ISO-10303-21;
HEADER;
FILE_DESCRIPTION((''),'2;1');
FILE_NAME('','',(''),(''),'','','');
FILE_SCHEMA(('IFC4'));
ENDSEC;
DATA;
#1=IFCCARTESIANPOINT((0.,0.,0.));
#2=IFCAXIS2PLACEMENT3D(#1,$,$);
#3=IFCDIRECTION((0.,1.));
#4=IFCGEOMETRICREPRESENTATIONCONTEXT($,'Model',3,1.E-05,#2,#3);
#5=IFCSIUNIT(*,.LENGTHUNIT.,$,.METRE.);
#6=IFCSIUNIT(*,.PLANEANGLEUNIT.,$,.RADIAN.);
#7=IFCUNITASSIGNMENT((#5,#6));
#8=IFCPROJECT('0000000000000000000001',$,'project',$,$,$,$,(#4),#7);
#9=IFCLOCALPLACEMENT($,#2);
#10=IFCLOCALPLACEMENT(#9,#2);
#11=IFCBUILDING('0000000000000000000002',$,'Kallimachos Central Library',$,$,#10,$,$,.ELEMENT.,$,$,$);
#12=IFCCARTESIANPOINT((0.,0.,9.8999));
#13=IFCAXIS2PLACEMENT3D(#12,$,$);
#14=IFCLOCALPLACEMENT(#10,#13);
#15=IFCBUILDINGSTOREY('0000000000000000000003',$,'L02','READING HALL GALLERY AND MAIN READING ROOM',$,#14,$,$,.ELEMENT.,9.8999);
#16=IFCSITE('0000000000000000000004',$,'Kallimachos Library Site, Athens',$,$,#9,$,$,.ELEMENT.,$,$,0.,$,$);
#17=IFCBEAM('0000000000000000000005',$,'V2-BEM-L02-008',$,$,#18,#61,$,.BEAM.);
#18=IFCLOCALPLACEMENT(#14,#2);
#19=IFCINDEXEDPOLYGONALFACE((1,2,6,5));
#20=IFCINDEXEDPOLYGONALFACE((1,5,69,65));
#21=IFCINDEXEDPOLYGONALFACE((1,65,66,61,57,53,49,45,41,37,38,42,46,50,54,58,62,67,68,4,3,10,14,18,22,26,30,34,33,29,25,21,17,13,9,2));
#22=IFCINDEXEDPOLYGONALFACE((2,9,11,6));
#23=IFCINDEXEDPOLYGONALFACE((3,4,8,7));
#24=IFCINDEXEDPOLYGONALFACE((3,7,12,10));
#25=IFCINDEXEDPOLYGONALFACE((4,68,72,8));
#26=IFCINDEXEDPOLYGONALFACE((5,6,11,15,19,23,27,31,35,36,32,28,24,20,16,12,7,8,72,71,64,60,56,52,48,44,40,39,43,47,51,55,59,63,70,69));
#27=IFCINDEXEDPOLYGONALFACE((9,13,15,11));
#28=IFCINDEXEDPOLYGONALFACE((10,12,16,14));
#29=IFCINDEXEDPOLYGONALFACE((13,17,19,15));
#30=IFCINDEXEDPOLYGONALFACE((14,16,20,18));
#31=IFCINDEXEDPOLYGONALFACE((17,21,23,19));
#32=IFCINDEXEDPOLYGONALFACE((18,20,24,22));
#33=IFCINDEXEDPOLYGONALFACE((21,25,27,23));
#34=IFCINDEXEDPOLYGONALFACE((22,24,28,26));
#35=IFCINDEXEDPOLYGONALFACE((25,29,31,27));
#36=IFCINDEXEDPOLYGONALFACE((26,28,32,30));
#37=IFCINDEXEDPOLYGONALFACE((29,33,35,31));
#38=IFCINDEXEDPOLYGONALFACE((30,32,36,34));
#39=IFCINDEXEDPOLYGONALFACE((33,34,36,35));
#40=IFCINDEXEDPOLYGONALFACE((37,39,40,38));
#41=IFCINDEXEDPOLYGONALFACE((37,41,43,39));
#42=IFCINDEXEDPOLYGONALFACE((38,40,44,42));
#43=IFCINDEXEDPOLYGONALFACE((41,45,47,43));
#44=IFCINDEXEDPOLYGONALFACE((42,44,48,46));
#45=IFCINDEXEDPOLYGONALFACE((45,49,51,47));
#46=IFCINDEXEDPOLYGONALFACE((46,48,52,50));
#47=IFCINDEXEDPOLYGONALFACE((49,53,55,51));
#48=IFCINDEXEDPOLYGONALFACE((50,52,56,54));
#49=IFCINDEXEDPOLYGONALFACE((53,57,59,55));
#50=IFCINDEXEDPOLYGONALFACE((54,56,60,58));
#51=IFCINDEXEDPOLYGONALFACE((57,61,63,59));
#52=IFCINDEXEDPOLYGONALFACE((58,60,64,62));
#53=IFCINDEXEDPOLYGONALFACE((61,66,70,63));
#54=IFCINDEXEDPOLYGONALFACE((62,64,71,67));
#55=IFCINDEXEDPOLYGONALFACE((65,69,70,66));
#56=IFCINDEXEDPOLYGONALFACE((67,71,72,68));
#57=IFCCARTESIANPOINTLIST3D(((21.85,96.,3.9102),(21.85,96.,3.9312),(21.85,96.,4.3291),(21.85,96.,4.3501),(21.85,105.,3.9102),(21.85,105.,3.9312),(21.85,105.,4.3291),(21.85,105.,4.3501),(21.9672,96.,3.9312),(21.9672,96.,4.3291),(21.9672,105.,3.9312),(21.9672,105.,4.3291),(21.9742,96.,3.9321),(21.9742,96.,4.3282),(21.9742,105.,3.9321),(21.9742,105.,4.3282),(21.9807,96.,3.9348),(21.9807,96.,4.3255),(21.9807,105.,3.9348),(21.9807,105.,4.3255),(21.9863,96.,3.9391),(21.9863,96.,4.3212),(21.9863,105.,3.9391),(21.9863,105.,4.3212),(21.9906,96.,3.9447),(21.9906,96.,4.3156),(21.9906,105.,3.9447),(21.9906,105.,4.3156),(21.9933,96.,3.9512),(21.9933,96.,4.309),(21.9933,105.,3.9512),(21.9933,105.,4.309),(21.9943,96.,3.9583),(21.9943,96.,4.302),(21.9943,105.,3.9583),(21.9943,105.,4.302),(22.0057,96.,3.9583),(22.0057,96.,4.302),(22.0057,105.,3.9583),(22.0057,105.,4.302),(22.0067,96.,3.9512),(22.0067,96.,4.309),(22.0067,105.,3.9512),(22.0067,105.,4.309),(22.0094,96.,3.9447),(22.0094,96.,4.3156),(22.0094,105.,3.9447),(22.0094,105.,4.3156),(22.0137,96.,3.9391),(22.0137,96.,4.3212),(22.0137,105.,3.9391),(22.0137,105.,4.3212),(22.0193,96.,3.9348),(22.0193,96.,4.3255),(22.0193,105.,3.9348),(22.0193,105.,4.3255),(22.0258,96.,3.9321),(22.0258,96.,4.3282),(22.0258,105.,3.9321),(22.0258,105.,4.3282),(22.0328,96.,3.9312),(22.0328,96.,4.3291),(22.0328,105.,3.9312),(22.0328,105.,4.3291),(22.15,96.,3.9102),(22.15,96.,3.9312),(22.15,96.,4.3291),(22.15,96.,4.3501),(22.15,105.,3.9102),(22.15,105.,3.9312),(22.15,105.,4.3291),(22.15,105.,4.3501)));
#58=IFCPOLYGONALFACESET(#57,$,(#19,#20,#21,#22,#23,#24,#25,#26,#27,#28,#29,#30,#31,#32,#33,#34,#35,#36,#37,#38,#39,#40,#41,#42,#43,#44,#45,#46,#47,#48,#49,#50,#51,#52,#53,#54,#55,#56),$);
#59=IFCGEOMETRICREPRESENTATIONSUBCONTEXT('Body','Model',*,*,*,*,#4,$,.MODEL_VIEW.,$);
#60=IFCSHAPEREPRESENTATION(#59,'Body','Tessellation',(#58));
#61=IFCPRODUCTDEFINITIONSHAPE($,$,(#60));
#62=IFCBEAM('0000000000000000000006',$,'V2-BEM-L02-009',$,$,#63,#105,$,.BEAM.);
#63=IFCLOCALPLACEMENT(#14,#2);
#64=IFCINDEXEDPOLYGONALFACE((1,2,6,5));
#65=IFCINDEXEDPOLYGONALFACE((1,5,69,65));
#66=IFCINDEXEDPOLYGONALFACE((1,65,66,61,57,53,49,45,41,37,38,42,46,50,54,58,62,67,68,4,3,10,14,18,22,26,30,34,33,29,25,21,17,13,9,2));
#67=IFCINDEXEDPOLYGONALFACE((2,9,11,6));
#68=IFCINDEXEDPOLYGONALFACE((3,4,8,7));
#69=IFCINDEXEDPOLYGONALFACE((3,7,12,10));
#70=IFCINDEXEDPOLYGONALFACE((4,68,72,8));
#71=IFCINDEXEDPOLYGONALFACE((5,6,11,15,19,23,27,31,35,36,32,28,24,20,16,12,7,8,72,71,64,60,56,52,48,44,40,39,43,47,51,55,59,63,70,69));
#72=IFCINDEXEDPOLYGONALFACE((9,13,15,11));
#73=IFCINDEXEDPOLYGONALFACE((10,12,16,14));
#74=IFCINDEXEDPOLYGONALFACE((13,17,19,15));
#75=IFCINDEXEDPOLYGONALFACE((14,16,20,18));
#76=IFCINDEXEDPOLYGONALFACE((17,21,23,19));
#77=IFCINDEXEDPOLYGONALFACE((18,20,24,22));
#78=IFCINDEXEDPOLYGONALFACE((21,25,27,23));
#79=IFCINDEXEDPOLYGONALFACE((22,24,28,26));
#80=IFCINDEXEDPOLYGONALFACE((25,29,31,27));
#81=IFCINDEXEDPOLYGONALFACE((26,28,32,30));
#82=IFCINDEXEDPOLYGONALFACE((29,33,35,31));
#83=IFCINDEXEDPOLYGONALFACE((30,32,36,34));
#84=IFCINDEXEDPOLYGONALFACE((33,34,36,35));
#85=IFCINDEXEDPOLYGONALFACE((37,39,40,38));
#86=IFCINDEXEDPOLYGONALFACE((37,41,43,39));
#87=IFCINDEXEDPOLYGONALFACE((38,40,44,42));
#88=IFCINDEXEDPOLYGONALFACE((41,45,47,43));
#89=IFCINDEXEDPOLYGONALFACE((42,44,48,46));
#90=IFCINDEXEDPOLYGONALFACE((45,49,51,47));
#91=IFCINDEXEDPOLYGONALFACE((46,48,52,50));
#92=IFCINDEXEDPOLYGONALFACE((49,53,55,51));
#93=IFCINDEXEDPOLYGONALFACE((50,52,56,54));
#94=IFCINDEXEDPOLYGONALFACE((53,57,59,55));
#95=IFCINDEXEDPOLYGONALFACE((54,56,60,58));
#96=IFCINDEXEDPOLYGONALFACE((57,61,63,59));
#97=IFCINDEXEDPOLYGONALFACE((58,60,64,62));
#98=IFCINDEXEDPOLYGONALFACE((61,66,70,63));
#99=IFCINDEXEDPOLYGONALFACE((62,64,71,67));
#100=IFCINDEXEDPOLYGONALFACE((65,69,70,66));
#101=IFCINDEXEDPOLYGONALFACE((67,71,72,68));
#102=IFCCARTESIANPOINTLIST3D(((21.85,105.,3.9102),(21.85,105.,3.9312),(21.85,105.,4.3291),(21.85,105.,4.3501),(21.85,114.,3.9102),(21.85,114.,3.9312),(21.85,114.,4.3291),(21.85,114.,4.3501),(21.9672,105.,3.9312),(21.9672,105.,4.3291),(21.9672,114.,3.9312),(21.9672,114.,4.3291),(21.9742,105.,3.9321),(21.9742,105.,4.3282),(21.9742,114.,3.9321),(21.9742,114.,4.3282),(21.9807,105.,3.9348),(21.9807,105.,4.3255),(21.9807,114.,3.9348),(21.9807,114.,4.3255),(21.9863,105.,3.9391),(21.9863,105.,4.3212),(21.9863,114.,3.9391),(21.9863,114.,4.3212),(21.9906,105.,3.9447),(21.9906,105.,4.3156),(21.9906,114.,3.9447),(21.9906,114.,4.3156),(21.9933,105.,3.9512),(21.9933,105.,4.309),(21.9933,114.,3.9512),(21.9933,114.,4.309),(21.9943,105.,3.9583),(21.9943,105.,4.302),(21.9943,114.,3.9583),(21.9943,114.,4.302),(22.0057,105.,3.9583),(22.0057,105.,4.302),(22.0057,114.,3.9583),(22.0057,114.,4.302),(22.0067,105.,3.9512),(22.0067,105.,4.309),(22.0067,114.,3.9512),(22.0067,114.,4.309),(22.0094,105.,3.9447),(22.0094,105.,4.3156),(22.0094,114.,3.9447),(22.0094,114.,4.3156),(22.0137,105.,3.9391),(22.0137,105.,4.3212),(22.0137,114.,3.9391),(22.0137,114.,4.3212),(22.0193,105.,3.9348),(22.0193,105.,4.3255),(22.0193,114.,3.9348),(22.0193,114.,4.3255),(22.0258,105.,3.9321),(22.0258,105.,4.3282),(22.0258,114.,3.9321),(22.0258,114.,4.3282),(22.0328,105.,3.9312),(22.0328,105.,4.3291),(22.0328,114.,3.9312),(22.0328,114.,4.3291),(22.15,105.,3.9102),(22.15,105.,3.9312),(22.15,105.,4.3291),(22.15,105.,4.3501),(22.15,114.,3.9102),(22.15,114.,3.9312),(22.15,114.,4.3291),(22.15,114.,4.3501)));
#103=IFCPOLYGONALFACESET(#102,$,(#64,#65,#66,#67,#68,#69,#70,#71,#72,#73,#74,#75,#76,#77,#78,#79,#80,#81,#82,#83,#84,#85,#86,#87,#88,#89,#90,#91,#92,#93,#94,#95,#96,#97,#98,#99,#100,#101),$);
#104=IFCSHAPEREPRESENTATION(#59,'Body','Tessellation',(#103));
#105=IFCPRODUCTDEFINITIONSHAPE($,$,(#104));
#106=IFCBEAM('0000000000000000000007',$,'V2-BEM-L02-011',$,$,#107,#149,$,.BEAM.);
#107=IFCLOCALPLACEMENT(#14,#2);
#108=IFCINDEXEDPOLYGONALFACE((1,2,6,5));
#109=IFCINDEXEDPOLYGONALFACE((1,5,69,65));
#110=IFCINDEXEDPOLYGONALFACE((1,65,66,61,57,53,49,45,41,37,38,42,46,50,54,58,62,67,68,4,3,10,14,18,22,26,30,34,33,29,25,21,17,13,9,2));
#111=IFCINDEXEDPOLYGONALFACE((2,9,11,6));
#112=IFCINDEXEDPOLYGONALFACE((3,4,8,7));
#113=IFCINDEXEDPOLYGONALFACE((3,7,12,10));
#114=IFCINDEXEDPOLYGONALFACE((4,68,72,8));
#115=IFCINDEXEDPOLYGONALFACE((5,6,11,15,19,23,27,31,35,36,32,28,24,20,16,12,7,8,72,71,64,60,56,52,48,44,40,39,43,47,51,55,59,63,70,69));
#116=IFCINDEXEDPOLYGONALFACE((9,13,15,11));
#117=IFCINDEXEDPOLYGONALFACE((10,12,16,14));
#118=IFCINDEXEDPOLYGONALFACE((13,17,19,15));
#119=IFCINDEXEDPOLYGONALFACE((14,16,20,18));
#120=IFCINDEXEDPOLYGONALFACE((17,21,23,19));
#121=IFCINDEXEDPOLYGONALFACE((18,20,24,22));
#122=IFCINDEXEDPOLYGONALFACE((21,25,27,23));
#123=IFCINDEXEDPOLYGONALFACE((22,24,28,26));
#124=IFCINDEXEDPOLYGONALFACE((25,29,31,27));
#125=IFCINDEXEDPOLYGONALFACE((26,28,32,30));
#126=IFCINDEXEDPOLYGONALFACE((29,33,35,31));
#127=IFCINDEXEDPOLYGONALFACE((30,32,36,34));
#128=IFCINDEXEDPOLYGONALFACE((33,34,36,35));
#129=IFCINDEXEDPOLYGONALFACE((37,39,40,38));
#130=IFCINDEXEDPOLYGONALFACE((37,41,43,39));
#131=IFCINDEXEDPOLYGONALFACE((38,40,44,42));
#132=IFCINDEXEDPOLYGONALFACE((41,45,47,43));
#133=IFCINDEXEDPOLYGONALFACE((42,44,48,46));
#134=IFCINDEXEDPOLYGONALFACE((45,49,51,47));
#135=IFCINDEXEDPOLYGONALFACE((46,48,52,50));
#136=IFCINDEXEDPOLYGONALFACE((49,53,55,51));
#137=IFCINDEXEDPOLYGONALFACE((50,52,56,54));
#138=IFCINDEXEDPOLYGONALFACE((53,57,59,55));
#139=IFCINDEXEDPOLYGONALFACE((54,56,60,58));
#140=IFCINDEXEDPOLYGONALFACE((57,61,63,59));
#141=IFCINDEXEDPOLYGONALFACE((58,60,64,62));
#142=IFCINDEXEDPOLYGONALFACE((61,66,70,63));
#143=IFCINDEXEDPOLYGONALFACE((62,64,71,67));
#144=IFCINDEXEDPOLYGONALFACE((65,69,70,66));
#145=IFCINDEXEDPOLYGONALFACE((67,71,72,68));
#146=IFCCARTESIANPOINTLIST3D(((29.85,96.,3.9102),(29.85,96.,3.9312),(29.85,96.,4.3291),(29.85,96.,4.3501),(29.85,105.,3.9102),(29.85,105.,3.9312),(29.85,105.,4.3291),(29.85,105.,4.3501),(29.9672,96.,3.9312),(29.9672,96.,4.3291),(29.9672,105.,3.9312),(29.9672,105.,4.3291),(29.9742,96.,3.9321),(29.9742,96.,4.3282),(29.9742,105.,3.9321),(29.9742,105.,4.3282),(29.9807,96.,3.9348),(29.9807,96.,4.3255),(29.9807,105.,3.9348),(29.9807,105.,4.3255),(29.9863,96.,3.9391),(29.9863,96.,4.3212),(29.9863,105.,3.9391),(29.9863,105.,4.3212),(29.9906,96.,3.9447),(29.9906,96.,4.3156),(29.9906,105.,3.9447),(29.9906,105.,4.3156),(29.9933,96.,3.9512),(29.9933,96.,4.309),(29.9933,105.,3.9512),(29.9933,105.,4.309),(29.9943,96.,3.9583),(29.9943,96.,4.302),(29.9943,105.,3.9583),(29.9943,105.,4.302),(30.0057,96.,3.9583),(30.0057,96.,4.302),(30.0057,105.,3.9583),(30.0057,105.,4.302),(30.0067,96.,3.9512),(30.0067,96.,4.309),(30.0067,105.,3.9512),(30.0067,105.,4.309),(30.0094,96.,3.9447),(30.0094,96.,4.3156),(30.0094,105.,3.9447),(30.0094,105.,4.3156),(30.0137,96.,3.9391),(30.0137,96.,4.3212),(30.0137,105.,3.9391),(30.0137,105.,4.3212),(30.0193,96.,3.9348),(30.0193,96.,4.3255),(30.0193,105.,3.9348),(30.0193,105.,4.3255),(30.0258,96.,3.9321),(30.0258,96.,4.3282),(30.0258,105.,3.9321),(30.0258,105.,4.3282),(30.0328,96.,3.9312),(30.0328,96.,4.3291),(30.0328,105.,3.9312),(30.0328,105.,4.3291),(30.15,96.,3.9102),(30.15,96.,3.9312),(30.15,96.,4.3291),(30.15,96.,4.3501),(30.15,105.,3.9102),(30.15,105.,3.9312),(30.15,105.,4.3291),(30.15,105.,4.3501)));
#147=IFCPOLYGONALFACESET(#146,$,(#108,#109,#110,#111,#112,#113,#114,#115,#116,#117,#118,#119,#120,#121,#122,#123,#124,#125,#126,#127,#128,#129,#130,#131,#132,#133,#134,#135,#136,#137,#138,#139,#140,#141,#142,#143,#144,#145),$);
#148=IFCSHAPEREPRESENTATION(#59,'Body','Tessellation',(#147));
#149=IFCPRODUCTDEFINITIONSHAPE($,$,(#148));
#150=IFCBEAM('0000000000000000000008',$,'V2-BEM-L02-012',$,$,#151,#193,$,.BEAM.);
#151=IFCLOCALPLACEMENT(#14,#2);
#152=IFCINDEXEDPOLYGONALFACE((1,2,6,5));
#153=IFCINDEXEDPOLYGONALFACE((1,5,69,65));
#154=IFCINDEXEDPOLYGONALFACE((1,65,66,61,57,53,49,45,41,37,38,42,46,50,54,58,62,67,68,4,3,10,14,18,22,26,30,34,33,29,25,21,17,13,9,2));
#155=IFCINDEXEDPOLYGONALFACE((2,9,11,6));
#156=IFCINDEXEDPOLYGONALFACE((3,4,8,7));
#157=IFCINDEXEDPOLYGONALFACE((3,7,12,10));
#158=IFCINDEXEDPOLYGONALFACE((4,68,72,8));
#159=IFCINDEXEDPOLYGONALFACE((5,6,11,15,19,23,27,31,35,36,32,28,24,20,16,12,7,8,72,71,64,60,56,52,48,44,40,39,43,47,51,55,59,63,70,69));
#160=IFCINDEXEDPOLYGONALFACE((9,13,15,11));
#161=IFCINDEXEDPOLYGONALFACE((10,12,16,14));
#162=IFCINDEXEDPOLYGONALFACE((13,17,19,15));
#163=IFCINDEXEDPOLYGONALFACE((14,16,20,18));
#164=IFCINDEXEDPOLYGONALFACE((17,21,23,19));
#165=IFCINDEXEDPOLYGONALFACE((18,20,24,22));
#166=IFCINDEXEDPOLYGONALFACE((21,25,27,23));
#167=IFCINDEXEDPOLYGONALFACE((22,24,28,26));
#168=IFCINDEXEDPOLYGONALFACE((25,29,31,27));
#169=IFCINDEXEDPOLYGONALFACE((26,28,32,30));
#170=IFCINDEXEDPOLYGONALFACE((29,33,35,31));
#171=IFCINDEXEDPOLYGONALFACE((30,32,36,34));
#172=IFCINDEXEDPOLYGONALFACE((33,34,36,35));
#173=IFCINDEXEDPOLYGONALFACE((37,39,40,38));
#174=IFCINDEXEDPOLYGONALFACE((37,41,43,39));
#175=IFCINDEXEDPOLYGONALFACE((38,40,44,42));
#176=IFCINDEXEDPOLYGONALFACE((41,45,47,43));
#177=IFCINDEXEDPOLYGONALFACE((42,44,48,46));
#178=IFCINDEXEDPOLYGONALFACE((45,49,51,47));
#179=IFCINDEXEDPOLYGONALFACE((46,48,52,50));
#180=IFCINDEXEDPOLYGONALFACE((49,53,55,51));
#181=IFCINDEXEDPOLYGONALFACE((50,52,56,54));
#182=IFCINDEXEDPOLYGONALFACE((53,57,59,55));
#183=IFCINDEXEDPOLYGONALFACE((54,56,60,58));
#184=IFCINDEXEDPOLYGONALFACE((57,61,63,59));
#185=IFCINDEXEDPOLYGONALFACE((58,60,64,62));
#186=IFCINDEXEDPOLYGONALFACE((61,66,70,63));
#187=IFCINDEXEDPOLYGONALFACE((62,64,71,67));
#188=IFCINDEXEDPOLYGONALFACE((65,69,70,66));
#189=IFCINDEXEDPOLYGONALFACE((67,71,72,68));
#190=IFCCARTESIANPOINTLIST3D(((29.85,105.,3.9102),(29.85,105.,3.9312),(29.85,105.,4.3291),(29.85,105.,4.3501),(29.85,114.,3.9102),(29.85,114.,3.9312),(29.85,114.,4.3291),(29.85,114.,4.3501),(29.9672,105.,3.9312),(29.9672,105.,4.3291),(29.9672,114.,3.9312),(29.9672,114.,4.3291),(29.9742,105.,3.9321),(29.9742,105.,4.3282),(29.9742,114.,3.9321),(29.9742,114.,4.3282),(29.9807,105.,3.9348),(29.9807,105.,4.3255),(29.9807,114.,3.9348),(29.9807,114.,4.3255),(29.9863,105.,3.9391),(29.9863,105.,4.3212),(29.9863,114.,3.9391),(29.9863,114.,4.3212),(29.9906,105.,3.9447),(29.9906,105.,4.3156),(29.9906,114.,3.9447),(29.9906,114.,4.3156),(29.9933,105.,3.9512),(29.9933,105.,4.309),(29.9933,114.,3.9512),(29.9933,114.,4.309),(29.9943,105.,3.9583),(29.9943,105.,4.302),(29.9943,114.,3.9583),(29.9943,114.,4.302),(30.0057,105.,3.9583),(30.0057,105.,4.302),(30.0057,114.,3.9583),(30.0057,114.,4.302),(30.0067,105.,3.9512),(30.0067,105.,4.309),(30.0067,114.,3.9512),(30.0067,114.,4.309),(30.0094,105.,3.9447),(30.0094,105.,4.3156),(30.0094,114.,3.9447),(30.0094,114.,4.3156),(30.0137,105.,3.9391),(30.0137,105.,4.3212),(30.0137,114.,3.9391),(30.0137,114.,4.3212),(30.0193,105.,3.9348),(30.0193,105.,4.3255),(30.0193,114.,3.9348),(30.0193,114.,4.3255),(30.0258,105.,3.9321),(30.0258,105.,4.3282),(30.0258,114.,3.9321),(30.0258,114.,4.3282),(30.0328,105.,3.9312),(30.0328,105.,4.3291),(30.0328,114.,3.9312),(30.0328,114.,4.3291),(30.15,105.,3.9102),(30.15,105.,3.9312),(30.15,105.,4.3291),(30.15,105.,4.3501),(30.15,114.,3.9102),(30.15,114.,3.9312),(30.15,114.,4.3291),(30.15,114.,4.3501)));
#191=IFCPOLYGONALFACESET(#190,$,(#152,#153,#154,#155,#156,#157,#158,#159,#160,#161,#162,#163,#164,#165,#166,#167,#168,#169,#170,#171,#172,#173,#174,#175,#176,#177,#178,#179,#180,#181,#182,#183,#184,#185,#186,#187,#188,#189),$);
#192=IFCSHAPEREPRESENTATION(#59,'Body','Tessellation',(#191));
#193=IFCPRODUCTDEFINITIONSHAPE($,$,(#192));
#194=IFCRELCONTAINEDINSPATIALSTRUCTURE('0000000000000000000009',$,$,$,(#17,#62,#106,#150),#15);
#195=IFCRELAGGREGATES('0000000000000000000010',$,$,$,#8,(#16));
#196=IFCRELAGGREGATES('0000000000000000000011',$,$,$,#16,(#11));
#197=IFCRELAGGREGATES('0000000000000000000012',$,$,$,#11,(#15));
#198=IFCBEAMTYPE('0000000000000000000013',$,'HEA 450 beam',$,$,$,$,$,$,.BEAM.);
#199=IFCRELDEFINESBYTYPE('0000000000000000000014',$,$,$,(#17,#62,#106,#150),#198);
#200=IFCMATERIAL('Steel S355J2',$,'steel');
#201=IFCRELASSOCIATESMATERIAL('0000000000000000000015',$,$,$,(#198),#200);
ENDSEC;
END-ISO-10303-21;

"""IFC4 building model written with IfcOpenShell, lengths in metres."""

from ifc_helpers import new_model, si_unit, direction, frame, origin, origin_2d, place, context, subcontext, project, spatial, i_section, extrude, material, material_profile, profile_set, type_object, element, save


model = new_model("IFC4")

# Units and contexts
model_context = context("Model", 3, precision=1e-05, world=origin(), true_north=direction((0.0, 1.0)))
body_context = subcontext(model_context, "Body", "Model", "MODEL_VIEW")
ifc_project = project(units=[si_unit("LENGTHUNIT", "METRE"), si_unit("PLANEANGLEUNIT", "RADIAN")], contexts=[model_context])

# Site, building, storey
site_placement = place(None, origin())
site = spatial("IfcSite", under=ifc_project, at=site_placement, Name="Kallimachos Library Site, Athens", CompositionType="ELEMENT", RefElevation=0.0)
building_placement = place(site_placement, origin())
building = spatial("IfcBuilding", under=site, at=building_placement, Name="Kallimachos Central Library", CompositionType="ELEMENT")
storey_placement = place(building_placement, frame((0.0, 0.0, 9.8999)))
storey = spatial("IfcBuildingStorey", under=building, at=storey_placement, Name="L02", Description="READING HALL GALLERY AND MAIN READING ROOM", CompositionType="ELEMENT", Elevation=9.8999)

# Beams
ifc_material_1 = material(Name="Steel S355J2", Category="steel")
ifc_material_profile_1 = material_profile(ifc_material_1, i_section(OverallWidth=0.3, OverallDepth=0.4399, WebThickness=0.0115, FlangeThickness=0.021, FilletRadius=0.0271, at=origin_2d()), Name="HEA 450")
ifc_profile_set_1 = profile_set([ifc_material_profile_1], Name="Steel S355J2")
beam_type_1 = type_object("IfcBeamType", Name="HEA 450 beam", PredefinedType="BEAM", material=ifc_profile_set_1)
for number, where, z_axis, x_axis, name in (
    (1, (22.0, 96.0, 4.1301), (0.0, 1.0, 0.0), (-1.0, 0.0, 0.0), "V2-BEM-L02-008"),
    (2, (22.0, 105.0, 4.1301), (0.0, 1.0, 0.0), (-1.0, 0.0, 0.0), "V2-BEM-L02-009"),
    (3, (30.0, 96.0, 4.1301), (0.0, 1.0, 0.0), (-1.0, 0.0, 0.0), "V2-BEM-L02-011"),
    (4, (30.0, 105.0, 4.1301), (0.0, 1.0, 0.0), (-1.0, 0.0, 0.0), "V2-BEM-L02-012"),
):
    element("IfcBeam", number, at=place(storey_placement, frame(where, z_axis=z_axis, x_axis=x_axis)), inside=storey, type_object=beam_type_1, Name=name, PredefinedType="BEAM", context=body_context, shape_type="SweptSolid", body=[
        extrude(i_section(OverallWidth=0.3, OverallDepth=0.4399, WebThickness=0.0115, FlangeThickness=0.021, FilletRadius=0.0271, at=origin_2d()), origin(), (0.0, 0.0, 1.0), 9.0),
    ])

save(model, "model.ifc")
